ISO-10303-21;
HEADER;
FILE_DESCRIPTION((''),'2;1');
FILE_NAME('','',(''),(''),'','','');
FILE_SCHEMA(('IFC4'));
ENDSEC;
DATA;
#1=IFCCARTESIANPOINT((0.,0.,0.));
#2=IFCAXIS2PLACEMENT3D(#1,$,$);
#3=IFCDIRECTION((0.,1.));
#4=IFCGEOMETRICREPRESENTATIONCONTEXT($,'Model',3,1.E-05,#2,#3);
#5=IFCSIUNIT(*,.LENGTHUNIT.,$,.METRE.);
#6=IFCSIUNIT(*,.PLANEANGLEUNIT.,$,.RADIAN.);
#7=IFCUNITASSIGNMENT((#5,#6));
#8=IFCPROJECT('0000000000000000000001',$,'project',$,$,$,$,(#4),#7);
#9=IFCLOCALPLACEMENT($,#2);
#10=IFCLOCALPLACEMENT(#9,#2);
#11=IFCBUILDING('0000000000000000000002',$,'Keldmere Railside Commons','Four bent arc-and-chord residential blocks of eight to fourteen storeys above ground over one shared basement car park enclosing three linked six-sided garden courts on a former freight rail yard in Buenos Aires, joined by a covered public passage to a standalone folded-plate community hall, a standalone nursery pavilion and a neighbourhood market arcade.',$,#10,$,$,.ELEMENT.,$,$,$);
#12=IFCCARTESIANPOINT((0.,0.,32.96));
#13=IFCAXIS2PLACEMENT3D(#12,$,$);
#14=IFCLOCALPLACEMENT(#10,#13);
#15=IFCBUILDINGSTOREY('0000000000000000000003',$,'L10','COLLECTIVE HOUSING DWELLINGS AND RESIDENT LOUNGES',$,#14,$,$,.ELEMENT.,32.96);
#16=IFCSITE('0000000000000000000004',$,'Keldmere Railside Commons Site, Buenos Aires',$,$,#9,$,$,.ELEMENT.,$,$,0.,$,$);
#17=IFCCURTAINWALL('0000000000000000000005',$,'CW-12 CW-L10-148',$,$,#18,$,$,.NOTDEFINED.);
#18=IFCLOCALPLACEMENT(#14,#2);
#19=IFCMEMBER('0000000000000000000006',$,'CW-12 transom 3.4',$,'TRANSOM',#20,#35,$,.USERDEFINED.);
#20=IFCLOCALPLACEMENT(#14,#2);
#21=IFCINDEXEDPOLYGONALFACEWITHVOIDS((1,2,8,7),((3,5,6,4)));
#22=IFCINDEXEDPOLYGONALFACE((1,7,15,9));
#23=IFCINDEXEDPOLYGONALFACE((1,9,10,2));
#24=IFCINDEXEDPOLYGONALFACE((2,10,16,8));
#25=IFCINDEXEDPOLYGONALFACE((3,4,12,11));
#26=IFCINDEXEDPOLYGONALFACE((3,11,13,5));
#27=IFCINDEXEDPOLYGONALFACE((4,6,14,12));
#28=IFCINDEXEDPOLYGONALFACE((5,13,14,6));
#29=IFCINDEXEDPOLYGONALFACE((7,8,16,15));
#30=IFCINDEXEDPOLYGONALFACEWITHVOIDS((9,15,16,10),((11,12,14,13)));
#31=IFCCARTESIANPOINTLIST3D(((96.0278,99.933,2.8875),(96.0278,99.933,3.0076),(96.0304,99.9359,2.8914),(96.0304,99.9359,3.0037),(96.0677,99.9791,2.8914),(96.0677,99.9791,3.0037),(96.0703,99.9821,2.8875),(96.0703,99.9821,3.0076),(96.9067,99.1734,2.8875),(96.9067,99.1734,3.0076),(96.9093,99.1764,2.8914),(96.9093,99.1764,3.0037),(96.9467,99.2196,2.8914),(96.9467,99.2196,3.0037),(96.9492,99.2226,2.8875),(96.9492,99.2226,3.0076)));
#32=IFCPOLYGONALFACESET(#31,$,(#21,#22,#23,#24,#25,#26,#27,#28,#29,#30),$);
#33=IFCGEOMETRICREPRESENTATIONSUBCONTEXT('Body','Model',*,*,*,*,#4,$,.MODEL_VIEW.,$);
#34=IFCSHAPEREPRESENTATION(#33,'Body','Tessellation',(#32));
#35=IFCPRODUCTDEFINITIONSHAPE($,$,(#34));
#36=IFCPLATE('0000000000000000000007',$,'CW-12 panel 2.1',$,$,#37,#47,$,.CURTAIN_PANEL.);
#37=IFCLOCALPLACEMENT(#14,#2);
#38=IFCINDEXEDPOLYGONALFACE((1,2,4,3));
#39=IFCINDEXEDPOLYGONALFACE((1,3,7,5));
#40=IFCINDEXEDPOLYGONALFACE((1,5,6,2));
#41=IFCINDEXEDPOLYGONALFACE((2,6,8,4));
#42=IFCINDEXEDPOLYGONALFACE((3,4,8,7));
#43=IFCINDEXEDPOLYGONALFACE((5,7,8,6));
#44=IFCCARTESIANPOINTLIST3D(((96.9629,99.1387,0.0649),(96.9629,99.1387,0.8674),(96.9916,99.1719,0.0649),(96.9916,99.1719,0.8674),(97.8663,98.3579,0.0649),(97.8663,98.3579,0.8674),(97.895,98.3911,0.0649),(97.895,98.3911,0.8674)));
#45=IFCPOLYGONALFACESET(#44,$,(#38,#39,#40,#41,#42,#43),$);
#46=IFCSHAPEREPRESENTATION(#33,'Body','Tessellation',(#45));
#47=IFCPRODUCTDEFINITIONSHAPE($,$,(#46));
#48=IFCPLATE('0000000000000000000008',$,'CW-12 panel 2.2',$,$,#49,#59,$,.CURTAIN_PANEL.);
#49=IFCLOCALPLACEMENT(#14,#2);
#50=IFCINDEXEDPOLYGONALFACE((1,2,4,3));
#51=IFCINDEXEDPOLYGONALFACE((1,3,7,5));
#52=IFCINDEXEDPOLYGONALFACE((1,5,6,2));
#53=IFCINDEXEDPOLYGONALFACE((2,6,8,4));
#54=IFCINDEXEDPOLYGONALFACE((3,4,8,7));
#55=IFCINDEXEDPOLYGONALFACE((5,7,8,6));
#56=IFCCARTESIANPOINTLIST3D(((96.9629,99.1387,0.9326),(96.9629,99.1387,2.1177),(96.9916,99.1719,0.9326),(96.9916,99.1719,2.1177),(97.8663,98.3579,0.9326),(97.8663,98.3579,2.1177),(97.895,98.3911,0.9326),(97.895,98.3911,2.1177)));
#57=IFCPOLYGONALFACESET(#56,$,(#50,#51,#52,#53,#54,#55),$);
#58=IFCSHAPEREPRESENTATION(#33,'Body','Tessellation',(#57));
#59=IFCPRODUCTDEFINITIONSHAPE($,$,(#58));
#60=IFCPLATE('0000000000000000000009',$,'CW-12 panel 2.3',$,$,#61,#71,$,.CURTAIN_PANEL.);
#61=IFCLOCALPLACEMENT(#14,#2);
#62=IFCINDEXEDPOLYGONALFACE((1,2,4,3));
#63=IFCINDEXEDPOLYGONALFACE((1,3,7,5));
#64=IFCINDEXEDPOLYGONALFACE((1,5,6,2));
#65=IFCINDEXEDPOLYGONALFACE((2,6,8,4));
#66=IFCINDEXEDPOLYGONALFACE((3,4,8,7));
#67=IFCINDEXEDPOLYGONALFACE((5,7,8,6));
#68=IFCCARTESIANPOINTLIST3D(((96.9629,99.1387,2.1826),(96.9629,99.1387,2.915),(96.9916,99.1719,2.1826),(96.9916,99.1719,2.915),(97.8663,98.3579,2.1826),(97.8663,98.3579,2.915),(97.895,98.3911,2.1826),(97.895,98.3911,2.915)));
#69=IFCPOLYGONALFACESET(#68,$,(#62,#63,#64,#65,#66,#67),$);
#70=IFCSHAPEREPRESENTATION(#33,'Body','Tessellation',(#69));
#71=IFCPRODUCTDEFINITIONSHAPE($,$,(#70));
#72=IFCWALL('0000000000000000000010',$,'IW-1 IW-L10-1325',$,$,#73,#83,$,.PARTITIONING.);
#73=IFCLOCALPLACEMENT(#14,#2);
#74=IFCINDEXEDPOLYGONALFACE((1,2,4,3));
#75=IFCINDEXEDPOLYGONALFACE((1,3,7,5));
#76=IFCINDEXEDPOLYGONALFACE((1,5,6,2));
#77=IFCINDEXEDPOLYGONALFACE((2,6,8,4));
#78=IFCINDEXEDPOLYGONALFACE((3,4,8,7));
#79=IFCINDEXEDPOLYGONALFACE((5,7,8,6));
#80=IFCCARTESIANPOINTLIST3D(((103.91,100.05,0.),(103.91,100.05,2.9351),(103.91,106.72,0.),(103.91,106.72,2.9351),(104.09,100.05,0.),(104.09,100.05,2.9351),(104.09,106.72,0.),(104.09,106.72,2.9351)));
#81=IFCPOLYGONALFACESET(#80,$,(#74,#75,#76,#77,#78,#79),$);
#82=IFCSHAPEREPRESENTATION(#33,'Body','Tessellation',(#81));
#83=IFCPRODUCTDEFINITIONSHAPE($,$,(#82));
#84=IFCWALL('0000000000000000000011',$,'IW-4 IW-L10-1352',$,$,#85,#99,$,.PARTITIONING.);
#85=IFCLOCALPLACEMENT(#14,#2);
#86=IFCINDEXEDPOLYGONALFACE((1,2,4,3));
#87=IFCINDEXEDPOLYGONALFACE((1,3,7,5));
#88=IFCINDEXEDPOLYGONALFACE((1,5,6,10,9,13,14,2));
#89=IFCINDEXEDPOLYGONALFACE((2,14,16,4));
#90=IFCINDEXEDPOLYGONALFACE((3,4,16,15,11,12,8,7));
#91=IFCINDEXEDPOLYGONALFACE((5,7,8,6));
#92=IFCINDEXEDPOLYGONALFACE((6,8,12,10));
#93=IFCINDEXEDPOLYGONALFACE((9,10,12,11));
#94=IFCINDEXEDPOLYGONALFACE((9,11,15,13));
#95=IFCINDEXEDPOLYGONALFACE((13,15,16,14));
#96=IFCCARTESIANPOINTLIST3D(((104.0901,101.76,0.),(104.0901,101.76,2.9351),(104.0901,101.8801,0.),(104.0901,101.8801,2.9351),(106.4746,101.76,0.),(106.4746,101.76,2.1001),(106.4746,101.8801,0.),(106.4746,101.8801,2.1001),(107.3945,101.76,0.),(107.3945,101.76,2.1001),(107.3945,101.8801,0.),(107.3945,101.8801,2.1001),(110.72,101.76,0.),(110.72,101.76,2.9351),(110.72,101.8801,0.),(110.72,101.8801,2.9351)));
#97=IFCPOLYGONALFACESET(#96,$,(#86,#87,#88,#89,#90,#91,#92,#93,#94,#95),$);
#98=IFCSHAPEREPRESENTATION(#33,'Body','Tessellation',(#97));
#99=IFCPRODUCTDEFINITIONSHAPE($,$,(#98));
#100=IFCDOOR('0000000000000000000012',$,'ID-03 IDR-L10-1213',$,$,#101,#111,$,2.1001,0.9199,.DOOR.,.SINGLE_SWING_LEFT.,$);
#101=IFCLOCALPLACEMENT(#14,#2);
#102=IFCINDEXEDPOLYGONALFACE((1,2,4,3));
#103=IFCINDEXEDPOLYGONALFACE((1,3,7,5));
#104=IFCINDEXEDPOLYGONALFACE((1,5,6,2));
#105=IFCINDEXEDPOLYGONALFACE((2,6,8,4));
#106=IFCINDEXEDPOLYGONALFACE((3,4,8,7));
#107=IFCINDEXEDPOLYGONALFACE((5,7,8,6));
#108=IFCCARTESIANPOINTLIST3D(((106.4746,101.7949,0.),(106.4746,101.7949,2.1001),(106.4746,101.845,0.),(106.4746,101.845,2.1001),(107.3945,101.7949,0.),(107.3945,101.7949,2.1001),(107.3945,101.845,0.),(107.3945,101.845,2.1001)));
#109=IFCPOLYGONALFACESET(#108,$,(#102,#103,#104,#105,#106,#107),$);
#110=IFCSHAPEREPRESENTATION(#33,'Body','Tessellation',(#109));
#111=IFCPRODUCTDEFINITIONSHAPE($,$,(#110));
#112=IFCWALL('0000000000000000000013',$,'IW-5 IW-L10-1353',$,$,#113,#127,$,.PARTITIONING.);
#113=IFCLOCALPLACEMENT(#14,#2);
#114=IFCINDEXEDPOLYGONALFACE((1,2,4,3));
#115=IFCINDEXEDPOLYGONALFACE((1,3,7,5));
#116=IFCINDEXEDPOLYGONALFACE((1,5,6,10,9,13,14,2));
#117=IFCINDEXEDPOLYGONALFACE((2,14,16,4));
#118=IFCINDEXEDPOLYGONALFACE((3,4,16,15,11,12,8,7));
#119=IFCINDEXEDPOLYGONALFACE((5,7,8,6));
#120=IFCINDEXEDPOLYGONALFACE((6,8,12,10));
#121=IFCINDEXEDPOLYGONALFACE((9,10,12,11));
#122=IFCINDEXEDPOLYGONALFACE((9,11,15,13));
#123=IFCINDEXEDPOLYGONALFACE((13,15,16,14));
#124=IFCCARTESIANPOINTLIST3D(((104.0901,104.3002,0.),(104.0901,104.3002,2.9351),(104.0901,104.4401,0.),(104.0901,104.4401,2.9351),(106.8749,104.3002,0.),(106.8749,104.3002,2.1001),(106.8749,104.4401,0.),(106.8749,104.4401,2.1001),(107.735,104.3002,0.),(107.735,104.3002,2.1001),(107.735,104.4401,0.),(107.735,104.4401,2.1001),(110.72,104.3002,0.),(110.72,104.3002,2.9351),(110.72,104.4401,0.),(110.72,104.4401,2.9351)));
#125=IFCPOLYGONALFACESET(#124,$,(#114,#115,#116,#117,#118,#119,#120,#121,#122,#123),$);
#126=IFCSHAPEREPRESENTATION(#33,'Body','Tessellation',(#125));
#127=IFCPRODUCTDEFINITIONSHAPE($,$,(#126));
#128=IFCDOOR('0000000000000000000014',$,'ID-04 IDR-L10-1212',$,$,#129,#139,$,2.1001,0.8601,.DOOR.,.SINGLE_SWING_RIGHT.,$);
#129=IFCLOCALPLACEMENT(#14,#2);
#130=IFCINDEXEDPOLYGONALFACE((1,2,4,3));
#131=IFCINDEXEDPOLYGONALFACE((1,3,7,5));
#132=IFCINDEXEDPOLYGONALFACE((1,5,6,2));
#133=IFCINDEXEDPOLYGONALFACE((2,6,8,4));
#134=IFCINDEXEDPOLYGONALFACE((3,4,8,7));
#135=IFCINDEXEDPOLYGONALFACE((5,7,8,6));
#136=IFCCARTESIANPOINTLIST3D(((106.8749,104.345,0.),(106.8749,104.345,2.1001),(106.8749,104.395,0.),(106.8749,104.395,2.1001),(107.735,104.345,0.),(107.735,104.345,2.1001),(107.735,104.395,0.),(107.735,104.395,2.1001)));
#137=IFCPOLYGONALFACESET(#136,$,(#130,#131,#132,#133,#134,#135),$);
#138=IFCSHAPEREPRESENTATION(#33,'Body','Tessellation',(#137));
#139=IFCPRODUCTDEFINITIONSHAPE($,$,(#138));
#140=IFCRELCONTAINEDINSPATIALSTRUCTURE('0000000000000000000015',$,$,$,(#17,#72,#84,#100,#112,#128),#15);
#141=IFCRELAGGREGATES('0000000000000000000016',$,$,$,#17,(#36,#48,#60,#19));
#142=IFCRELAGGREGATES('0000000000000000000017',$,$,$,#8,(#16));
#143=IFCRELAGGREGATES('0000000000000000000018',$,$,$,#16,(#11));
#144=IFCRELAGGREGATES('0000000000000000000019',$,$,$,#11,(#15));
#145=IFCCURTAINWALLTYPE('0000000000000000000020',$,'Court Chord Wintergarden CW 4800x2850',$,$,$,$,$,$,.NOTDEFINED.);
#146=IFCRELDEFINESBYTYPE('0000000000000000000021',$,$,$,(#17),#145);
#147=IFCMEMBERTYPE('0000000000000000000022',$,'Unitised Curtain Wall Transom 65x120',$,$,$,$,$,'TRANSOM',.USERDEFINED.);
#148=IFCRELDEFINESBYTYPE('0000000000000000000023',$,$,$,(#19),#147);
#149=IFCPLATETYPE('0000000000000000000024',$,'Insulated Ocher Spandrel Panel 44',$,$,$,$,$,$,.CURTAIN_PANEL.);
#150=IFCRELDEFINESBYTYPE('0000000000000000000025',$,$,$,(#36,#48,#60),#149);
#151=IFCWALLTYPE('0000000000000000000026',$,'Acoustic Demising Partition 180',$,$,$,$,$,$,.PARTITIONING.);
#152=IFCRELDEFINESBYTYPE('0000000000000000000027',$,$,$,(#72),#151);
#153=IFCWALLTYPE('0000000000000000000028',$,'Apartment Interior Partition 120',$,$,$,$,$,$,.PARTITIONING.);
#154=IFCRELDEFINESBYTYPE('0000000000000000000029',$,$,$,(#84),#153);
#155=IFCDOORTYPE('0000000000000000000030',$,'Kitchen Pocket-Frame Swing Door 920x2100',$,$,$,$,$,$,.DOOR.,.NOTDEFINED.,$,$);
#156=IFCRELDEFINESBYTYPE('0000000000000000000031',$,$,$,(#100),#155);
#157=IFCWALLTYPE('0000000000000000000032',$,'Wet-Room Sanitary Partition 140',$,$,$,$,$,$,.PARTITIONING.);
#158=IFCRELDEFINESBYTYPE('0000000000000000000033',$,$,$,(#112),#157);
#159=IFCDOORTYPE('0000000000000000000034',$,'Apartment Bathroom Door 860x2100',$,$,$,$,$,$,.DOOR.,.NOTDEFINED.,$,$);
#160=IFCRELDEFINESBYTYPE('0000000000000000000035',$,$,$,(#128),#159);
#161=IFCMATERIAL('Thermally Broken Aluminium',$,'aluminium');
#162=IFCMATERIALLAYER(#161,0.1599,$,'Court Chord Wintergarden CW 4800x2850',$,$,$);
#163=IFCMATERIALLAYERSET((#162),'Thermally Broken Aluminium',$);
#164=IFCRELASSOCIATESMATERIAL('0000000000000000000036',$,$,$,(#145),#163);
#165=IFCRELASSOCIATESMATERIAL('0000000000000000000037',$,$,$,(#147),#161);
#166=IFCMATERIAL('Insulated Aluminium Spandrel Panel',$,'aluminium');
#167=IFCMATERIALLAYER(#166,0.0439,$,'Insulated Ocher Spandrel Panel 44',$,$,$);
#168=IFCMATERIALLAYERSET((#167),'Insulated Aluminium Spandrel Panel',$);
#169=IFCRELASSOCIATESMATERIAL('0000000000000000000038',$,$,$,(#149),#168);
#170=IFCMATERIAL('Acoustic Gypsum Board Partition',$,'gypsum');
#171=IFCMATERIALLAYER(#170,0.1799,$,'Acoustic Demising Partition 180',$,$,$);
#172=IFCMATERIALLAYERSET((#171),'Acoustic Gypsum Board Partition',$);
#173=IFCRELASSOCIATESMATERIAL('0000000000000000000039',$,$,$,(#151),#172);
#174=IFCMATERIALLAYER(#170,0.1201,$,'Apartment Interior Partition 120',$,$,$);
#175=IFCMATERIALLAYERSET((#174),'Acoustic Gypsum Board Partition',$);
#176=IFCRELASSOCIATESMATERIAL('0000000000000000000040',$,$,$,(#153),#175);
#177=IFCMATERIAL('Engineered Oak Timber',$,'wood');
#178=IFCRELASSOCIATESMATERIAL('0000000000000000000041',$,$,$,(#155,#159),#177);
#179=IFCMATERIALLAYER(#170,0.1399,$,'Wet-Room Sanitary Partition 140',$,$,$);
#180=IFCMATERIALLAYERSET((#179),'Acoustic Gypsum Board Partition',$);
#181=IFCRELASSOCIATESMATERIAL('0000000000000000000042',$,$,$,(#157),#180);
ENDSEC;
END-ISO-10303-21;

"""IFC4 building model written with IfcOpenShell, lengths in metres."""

from ifc_helpers import new_model, si_unit, direction, frame, frame_2d, origin, origin_2d, place, context, subcontext, project, spatial, rectangle, hollow_rectangle, extrude, material, layer, layer_set, material_profile, profile_set, type_object, element, fill, aggregate, save


model = new_model("IFC4")

# Units and contexts
model_context = context("Model", 3, precision=1e-05, world=origin(), true_north=direction((0.0, 1.0)))
body_context = subcontext(model_context, "Body", "Model", "MODEL_VIEW")
ifc_project = project(units=[si_unit("LENGTHUNIT", "METRE"), si_unit("PLANEANGLEUNIT", "RADIAN")], contexts=[model_context])

# Site, building, storey
site_placement = place(None, origin())
site = spatial("IfcSite", under=ifc_project, at=site_placement, Name="Keldmere Railside Commons Site, Buenos Aires", CompositionType="ELEMENT", RefElevation=0.0)
building_placement = place(site_placement, origin())
building = spatial("IfcBuilding", under=site, at=building_placement, Name="Keldmere Railside Commons", Description="Four bent arc-and-chord residential blocks of eight to fourteen storeys above ground over one shared basement car park enclosing three linked six-sided garden courts on a former freight rail yard in Buenos Aires, joined by a covered public passage to a standalone folded-plate community hall, a standalone nursery pavilion and a neighbourhood market arcade.", CompositionType="ELEMENT")
storey_placement = place(building_placement, frame((0.0, 0.0, 32.96)))
storey = spatial("IfcBuildingStorey", under=building, at=storey_placement, Name="L10", Description="COLLECTIVE HOUSING DWELLINGS AND RESIDENT LOUNGES", CompositionType="ELEMENT", Elevation=32.96)

# Curtain wall, member, plates
ifc_material_1 = material(Name="Thermally Broken Aluminium", Category="aluminium")
ifc_layer_1 = layer(ifc_material_1, 0.1599, Name="Court Chord Wintergarden CW 4800x2850")
ifc_layer_set_1 = layer_set([ifc_layer_1], Name="Thermally Broken Aluminium")
curtain_wall_type = type_object("IfcCurtainWallType", Name="Court Chord Wintergarden CW 4800x2850", PredefinedType="NOTDEFINED", material=ifc_layer_set_1)
curtain_wall_placement = place(storey_placement, origin())
curtain_wall = element("IfcCurtainWall", 1, at=curtain_wall_placement, inside=storey, type_object=curtain_wall_type, Name="CW-12 CW-L10-148", PredefinedType="NOTDEFINED")
ifc_material_profile_1 = material_profile(ifc_material_1, hollow_rectangle(XDim=0.0649, YDim=0.1201, WallThickness=0.0039, at=origin_2d()), Name="ALU-TRAN-65x120")
ifc_profile_set_1 = profile_set([ifc_material_profile_1], Name="Thermally Broken Aluminium")
member_type_1 = type_object("IfcMemberType", Name="Unitised Curtain Wall Transom 65x120", ElementType="TRANSOM", PredefinedType="USERDEFINED", material=ifc_profile_set_1)
member_1_placement = place(storey_placement, frame((96.928, 99.198, 2.9475), z_axis=(-0.756624, 0.65385, 0.0), x_axis=(-0.65385, -0.756624, 0.0)))
member_1 = element("IfcMember", 2, at=member_1_placement, type_object=member_type_1, Name="CW-12 transom 3.4", ObjectType="TRANSOM", PredefinedType="USERDEFINED", context=body_context, shape_type="SweptSolid", body=[
    extrude(hollow_rectangle(XDim=0.0649, YDim=0.1201, WallThickness=0.0039, at=origin_2d()), origin(), (0.0, 0.0, 1.0), 1.1616),
])
ifc_material_2 = material(Name="Insulated Aluminium Spandrel Panel", Category="aluminium")
ifc_layer_2 = layer(ifc_material_2, 0.0439, Name="Insulated Ocher Spandrel Panel 44")
ifc_layer_set_2 = layer_set([ifc_layer_2], Name="Insulated Aluminium Spandrel Panel")
plate_type = type_object("IfcPlateType", Name="Insulated Ocher Spandrel Panel 44", PredefinedType="CURTAIN_PANEL", material=ifc_layer_set_2)
plate_1_placement = place(storey_placement, frame((97.429, 98.7649, 0.0649), z_axis=(0.0, 0.0, 1.0), x_axis=(-0.756597, 0.653882, 0.0)))
plate_1 = element("IfcPlate", 3, at=plate_1_placement, type_object=plate_type, Name="CW-12 panel 2.1", PredefinedType="CURTAIN_PANEL", context=body_context, shape_type="SweptSolid", body=[
    extrude(rectangle(XDim=1.1941, YDim=0.0439, at=origin_2d()), origin(), (0.0, 0.0, 1.0), 0.8025),
])
plate_2_placement = place(storey_placement, frame((97.429, 98.7649, 0.9326), z_axis=(0.0, 0.0, 1.0), x_axis=(-0.756597, 0.653882, 0.0)))
plate_2 = element("IfcPlate", 4, at=plate_2_placement, type_object=plate_type, Name="CW-12 panel 2.2", PredefinedType="CURTAIN_PANEL", context=body_context, shape_type="SweptSolid", body=[
    extrude(rectangle(XDim=1.1941, YDim=0.0439, at=origin_2d()), origin(), (0.0, 0.0, 1.0), 1.1851),
])
plate_3_placement = place(storey_placement, frame((97.429, 98.7649, 2.1826), z_axis=(0.0, 0.0, 1.0), x_axis=(-0.756597, 0.653882, 0.0)))
plate_3 = element("IfcPlate", 5, at=plate_3_placement, type_object=plate_type, Name="CW-12 panel 2.3", PredefinedType="CURTAIN_PANEL", context=body_context, shape_type="SweptSolid", body=[
    extrude(rectangle(XDim=1.1941, YDim=0.0439, at=origin_2d()), origin(), (0.0, 0.0, 1.0), 0.7324),
])
aggregate(curtain_wall, [plate_1, plate_2, plate_3, member_1])

# Wall
ifc_material_3 = material(Name="Acoustic Gypsum Board Partition", Category="gypsum")
ifc_layer_3 = layer(ifc_material_3, 0.1799, Name="Acoustic Demising Partition 180")
ifc_layer_set_3 = layer_set([ifc_layer_3], Name="Acoustic Gypsum Board Partition")
wall_type_1 = type_object("IfcWallType", Name="Acoustic Demising Partition 180", PredefinedType="PARTITIONING", material=ifc_layer_set_3)
wall_1_placement = place(storey_placement, frame((104.0, 100.05, 0.0), z_axis=(0.0, 0.0, 1.0), x_axis=(0.0, 1.0, 0.0)))
element("IfcWall", 6, at=wall_1_placement, inside=storey, type_object=wall_type_1, Name="IW-1 IW-L10-1325", PredefinedType="PARTITIONING", context=body_context, shape_type="SweptSolid", body=[
    extrude(rectangle(XDim=6.6699, YDim=0.1799, at=frame_2d((3.335, 0.0))), origin(), (0.0, 0.0, 1.0), 2.9351),
])

# Walls, openings, doors
ifc_layer_4 = layer(ifc_material_3, 0.1201, Name="Apartment Interior Partition 120")
ifc_layer_set_4 = layer_set([ifc_layer_4], Name="Acoustic Gypsum Board Partition")
wall_type_2 = type_object("IfcWallType", Name="Apartment Interior Partition 120", PredefinedType="PARTITIONING", material=ifc_layer_set_4)
wall_2_placement = place(storey_placement, frame((104.0901, 101.8201, 0.0), z_axis=(0.0, 0.0, 1.0), x_axis=(1.0, 0.0, 0.0)))
wall_2 = element("IfcWall", 7, at=wall_2_placement, inside=storey, type_object=wall_type_2, Name="IW-4 IW-L10-1352", PredefinedType="PARTITIONING", context=body_context, shape_type="SweptSolid", body=[
    extrude(rectangle(XDim=6.6299, YDim=0.1201, at=frame_2d((3.3149, 0.0))), origin(), (0.0, 0.0, 1.0), 2.9351),
])
opening_1_placement = place(wall_2_placement, frame((2.3845, 0.0, 0.0)))
opening_1 = element("IfcOpeningElement", 8, at=opening_1_placement, cuts=wall_2, PredefinedType="OPENING", context=body_context, shape_type="SweptSolid", body=[
    extrude(rectangle(XDim=0.9199, YDim=2.1001, at=frame_2d((0.46, 1.05))), frame((0.0, 0.0701, 0.0), z_axis=(0.0, -1.0, 0.0), x_axis=(1.0, 0.0, 0.0)), (0.0, 0.0, 1.0), 0.1401),
])
ifc_material_4 = material(Name="Engineered Oak Timber", Category="wood")
door_type_1 = type_object("IfcDoorType", Name="Kitchen Pocket-Frame Swing Door 920x2100", OperationType="NOTDEFINED", PredefinedType="DOOR", material=ifc_material_4)
door_1_placement = place(opening_1_placement, origin())
door_1 = element("IfcDoor", 9, at=door_1_placement, inside=storey, type_object=door_type_1, Name="ID-03 IDR-L10-1213", OperationType="SINGLE_SWING_LEFT", OverallHeight=2.1001, OverallWidth=0.9199, PredefinedType="DOOR", context=body_context, shape_type="SweptSolid", body=[
    extrude(rectangle(XDim=0.9199, YDim=2.1001, at=frame_2d((0.46, 1.05))), frame((0.0, 0.0249, 0.0), z_axis=(0.0, -1.0, 0.0), x_axis=(1.0, 0.0, 0.0)), (0.0, 0.0, 1.0), 0.05),
])
fill(opening_1, door_1)
ifc_layer_5 = layer(ifc_material_3, 0.1399, Name="Wet-Room Sanitary Partition 140")
ifc_layer_set_5 = layer_set([ifc_layer_5], Name="Acoustic Gypsum Board Partition")
wall_type_3 = type_object("IfcWallType", Name="Wet-Room Sanitary Partition 140", PredefinedType="PARTITIONING", material=ifc_layer_set_5)
wall_3_placement = place(storey_placement, frame((104.0901, 104.3701, 0.0), z_axis=(0.0, 0.0, 1.0), x_axis=(1.0, 0.0, 0.0)))
wall_3 = element("IfcWall", 10, at=wall_3_placement, inside=storey, type_object=wall_type_3, Name="IW-5 IW-L10-1353", PredefinedType="PARTITIONING", context=body_context, shape_type="SweptSolid", body=[
    extrude(rectangle(XDim=6.6299, YDim=0.1399, at=frame_2d((3.3149, 0.0))), origin(), (0.0, 0.0, 1.0), 2.9351),
])
opening_2_placement = place(wall_3_placement, frame((2.7847, 0.0, 0.0)))
opening_2 = element("IfcOpeningElement", 11, at=opening_2_placement, cuts=wall_3, PredefinedType="OPENING", context=body_context, shape_type="SweptSolid", body=[
    extrude(rectangle(XDim=0.8601, YDim=2.1001, at=frame_2d((0.4302, 1.05))), frame((0.0, 0.0798, 0.0), z_axis=(0.0, -1.0, 0.0), x_axis=(1.0, 0.0, 0.0)), (0.0, 0.0, 1.0), 0.1599),
])
door_type_2 = type_object("IfcDoorType", Name="Apartment Bathroom Door 860x2100", OperationType="NOTDEFINED", PredefinedType="DOOR", material=ifc_material_4)
door_2_placement = place(opening_2_placement, origin())
door_2 = element("IfcDoor", 12, at=door_2_placement, inside=storey, type_object=door_type_2, Name="ID-04 IDR-L10-1212", OperationType="SINGLE_SWING_RIGHT", OverallHeight=2.1001, OverallWidth=0.8601, PredefinedType="DOOR", context=body_context, shape_type="SweptSolid", body=[
    extrude(rectangle(XDim=0.8601, YDim=2.1001, at=frame_2d((0.4302, 1.05))), frame((0.0, 0.0249, 0.0), z_axis=(0.0, -1.0, 0.0), x_axis=(1.0, 0.0, 0.0)), (0.0, 0.0, 1.0), 0.05),
])
fill(opening_2, door_2)

save(model, "model.ifc")
